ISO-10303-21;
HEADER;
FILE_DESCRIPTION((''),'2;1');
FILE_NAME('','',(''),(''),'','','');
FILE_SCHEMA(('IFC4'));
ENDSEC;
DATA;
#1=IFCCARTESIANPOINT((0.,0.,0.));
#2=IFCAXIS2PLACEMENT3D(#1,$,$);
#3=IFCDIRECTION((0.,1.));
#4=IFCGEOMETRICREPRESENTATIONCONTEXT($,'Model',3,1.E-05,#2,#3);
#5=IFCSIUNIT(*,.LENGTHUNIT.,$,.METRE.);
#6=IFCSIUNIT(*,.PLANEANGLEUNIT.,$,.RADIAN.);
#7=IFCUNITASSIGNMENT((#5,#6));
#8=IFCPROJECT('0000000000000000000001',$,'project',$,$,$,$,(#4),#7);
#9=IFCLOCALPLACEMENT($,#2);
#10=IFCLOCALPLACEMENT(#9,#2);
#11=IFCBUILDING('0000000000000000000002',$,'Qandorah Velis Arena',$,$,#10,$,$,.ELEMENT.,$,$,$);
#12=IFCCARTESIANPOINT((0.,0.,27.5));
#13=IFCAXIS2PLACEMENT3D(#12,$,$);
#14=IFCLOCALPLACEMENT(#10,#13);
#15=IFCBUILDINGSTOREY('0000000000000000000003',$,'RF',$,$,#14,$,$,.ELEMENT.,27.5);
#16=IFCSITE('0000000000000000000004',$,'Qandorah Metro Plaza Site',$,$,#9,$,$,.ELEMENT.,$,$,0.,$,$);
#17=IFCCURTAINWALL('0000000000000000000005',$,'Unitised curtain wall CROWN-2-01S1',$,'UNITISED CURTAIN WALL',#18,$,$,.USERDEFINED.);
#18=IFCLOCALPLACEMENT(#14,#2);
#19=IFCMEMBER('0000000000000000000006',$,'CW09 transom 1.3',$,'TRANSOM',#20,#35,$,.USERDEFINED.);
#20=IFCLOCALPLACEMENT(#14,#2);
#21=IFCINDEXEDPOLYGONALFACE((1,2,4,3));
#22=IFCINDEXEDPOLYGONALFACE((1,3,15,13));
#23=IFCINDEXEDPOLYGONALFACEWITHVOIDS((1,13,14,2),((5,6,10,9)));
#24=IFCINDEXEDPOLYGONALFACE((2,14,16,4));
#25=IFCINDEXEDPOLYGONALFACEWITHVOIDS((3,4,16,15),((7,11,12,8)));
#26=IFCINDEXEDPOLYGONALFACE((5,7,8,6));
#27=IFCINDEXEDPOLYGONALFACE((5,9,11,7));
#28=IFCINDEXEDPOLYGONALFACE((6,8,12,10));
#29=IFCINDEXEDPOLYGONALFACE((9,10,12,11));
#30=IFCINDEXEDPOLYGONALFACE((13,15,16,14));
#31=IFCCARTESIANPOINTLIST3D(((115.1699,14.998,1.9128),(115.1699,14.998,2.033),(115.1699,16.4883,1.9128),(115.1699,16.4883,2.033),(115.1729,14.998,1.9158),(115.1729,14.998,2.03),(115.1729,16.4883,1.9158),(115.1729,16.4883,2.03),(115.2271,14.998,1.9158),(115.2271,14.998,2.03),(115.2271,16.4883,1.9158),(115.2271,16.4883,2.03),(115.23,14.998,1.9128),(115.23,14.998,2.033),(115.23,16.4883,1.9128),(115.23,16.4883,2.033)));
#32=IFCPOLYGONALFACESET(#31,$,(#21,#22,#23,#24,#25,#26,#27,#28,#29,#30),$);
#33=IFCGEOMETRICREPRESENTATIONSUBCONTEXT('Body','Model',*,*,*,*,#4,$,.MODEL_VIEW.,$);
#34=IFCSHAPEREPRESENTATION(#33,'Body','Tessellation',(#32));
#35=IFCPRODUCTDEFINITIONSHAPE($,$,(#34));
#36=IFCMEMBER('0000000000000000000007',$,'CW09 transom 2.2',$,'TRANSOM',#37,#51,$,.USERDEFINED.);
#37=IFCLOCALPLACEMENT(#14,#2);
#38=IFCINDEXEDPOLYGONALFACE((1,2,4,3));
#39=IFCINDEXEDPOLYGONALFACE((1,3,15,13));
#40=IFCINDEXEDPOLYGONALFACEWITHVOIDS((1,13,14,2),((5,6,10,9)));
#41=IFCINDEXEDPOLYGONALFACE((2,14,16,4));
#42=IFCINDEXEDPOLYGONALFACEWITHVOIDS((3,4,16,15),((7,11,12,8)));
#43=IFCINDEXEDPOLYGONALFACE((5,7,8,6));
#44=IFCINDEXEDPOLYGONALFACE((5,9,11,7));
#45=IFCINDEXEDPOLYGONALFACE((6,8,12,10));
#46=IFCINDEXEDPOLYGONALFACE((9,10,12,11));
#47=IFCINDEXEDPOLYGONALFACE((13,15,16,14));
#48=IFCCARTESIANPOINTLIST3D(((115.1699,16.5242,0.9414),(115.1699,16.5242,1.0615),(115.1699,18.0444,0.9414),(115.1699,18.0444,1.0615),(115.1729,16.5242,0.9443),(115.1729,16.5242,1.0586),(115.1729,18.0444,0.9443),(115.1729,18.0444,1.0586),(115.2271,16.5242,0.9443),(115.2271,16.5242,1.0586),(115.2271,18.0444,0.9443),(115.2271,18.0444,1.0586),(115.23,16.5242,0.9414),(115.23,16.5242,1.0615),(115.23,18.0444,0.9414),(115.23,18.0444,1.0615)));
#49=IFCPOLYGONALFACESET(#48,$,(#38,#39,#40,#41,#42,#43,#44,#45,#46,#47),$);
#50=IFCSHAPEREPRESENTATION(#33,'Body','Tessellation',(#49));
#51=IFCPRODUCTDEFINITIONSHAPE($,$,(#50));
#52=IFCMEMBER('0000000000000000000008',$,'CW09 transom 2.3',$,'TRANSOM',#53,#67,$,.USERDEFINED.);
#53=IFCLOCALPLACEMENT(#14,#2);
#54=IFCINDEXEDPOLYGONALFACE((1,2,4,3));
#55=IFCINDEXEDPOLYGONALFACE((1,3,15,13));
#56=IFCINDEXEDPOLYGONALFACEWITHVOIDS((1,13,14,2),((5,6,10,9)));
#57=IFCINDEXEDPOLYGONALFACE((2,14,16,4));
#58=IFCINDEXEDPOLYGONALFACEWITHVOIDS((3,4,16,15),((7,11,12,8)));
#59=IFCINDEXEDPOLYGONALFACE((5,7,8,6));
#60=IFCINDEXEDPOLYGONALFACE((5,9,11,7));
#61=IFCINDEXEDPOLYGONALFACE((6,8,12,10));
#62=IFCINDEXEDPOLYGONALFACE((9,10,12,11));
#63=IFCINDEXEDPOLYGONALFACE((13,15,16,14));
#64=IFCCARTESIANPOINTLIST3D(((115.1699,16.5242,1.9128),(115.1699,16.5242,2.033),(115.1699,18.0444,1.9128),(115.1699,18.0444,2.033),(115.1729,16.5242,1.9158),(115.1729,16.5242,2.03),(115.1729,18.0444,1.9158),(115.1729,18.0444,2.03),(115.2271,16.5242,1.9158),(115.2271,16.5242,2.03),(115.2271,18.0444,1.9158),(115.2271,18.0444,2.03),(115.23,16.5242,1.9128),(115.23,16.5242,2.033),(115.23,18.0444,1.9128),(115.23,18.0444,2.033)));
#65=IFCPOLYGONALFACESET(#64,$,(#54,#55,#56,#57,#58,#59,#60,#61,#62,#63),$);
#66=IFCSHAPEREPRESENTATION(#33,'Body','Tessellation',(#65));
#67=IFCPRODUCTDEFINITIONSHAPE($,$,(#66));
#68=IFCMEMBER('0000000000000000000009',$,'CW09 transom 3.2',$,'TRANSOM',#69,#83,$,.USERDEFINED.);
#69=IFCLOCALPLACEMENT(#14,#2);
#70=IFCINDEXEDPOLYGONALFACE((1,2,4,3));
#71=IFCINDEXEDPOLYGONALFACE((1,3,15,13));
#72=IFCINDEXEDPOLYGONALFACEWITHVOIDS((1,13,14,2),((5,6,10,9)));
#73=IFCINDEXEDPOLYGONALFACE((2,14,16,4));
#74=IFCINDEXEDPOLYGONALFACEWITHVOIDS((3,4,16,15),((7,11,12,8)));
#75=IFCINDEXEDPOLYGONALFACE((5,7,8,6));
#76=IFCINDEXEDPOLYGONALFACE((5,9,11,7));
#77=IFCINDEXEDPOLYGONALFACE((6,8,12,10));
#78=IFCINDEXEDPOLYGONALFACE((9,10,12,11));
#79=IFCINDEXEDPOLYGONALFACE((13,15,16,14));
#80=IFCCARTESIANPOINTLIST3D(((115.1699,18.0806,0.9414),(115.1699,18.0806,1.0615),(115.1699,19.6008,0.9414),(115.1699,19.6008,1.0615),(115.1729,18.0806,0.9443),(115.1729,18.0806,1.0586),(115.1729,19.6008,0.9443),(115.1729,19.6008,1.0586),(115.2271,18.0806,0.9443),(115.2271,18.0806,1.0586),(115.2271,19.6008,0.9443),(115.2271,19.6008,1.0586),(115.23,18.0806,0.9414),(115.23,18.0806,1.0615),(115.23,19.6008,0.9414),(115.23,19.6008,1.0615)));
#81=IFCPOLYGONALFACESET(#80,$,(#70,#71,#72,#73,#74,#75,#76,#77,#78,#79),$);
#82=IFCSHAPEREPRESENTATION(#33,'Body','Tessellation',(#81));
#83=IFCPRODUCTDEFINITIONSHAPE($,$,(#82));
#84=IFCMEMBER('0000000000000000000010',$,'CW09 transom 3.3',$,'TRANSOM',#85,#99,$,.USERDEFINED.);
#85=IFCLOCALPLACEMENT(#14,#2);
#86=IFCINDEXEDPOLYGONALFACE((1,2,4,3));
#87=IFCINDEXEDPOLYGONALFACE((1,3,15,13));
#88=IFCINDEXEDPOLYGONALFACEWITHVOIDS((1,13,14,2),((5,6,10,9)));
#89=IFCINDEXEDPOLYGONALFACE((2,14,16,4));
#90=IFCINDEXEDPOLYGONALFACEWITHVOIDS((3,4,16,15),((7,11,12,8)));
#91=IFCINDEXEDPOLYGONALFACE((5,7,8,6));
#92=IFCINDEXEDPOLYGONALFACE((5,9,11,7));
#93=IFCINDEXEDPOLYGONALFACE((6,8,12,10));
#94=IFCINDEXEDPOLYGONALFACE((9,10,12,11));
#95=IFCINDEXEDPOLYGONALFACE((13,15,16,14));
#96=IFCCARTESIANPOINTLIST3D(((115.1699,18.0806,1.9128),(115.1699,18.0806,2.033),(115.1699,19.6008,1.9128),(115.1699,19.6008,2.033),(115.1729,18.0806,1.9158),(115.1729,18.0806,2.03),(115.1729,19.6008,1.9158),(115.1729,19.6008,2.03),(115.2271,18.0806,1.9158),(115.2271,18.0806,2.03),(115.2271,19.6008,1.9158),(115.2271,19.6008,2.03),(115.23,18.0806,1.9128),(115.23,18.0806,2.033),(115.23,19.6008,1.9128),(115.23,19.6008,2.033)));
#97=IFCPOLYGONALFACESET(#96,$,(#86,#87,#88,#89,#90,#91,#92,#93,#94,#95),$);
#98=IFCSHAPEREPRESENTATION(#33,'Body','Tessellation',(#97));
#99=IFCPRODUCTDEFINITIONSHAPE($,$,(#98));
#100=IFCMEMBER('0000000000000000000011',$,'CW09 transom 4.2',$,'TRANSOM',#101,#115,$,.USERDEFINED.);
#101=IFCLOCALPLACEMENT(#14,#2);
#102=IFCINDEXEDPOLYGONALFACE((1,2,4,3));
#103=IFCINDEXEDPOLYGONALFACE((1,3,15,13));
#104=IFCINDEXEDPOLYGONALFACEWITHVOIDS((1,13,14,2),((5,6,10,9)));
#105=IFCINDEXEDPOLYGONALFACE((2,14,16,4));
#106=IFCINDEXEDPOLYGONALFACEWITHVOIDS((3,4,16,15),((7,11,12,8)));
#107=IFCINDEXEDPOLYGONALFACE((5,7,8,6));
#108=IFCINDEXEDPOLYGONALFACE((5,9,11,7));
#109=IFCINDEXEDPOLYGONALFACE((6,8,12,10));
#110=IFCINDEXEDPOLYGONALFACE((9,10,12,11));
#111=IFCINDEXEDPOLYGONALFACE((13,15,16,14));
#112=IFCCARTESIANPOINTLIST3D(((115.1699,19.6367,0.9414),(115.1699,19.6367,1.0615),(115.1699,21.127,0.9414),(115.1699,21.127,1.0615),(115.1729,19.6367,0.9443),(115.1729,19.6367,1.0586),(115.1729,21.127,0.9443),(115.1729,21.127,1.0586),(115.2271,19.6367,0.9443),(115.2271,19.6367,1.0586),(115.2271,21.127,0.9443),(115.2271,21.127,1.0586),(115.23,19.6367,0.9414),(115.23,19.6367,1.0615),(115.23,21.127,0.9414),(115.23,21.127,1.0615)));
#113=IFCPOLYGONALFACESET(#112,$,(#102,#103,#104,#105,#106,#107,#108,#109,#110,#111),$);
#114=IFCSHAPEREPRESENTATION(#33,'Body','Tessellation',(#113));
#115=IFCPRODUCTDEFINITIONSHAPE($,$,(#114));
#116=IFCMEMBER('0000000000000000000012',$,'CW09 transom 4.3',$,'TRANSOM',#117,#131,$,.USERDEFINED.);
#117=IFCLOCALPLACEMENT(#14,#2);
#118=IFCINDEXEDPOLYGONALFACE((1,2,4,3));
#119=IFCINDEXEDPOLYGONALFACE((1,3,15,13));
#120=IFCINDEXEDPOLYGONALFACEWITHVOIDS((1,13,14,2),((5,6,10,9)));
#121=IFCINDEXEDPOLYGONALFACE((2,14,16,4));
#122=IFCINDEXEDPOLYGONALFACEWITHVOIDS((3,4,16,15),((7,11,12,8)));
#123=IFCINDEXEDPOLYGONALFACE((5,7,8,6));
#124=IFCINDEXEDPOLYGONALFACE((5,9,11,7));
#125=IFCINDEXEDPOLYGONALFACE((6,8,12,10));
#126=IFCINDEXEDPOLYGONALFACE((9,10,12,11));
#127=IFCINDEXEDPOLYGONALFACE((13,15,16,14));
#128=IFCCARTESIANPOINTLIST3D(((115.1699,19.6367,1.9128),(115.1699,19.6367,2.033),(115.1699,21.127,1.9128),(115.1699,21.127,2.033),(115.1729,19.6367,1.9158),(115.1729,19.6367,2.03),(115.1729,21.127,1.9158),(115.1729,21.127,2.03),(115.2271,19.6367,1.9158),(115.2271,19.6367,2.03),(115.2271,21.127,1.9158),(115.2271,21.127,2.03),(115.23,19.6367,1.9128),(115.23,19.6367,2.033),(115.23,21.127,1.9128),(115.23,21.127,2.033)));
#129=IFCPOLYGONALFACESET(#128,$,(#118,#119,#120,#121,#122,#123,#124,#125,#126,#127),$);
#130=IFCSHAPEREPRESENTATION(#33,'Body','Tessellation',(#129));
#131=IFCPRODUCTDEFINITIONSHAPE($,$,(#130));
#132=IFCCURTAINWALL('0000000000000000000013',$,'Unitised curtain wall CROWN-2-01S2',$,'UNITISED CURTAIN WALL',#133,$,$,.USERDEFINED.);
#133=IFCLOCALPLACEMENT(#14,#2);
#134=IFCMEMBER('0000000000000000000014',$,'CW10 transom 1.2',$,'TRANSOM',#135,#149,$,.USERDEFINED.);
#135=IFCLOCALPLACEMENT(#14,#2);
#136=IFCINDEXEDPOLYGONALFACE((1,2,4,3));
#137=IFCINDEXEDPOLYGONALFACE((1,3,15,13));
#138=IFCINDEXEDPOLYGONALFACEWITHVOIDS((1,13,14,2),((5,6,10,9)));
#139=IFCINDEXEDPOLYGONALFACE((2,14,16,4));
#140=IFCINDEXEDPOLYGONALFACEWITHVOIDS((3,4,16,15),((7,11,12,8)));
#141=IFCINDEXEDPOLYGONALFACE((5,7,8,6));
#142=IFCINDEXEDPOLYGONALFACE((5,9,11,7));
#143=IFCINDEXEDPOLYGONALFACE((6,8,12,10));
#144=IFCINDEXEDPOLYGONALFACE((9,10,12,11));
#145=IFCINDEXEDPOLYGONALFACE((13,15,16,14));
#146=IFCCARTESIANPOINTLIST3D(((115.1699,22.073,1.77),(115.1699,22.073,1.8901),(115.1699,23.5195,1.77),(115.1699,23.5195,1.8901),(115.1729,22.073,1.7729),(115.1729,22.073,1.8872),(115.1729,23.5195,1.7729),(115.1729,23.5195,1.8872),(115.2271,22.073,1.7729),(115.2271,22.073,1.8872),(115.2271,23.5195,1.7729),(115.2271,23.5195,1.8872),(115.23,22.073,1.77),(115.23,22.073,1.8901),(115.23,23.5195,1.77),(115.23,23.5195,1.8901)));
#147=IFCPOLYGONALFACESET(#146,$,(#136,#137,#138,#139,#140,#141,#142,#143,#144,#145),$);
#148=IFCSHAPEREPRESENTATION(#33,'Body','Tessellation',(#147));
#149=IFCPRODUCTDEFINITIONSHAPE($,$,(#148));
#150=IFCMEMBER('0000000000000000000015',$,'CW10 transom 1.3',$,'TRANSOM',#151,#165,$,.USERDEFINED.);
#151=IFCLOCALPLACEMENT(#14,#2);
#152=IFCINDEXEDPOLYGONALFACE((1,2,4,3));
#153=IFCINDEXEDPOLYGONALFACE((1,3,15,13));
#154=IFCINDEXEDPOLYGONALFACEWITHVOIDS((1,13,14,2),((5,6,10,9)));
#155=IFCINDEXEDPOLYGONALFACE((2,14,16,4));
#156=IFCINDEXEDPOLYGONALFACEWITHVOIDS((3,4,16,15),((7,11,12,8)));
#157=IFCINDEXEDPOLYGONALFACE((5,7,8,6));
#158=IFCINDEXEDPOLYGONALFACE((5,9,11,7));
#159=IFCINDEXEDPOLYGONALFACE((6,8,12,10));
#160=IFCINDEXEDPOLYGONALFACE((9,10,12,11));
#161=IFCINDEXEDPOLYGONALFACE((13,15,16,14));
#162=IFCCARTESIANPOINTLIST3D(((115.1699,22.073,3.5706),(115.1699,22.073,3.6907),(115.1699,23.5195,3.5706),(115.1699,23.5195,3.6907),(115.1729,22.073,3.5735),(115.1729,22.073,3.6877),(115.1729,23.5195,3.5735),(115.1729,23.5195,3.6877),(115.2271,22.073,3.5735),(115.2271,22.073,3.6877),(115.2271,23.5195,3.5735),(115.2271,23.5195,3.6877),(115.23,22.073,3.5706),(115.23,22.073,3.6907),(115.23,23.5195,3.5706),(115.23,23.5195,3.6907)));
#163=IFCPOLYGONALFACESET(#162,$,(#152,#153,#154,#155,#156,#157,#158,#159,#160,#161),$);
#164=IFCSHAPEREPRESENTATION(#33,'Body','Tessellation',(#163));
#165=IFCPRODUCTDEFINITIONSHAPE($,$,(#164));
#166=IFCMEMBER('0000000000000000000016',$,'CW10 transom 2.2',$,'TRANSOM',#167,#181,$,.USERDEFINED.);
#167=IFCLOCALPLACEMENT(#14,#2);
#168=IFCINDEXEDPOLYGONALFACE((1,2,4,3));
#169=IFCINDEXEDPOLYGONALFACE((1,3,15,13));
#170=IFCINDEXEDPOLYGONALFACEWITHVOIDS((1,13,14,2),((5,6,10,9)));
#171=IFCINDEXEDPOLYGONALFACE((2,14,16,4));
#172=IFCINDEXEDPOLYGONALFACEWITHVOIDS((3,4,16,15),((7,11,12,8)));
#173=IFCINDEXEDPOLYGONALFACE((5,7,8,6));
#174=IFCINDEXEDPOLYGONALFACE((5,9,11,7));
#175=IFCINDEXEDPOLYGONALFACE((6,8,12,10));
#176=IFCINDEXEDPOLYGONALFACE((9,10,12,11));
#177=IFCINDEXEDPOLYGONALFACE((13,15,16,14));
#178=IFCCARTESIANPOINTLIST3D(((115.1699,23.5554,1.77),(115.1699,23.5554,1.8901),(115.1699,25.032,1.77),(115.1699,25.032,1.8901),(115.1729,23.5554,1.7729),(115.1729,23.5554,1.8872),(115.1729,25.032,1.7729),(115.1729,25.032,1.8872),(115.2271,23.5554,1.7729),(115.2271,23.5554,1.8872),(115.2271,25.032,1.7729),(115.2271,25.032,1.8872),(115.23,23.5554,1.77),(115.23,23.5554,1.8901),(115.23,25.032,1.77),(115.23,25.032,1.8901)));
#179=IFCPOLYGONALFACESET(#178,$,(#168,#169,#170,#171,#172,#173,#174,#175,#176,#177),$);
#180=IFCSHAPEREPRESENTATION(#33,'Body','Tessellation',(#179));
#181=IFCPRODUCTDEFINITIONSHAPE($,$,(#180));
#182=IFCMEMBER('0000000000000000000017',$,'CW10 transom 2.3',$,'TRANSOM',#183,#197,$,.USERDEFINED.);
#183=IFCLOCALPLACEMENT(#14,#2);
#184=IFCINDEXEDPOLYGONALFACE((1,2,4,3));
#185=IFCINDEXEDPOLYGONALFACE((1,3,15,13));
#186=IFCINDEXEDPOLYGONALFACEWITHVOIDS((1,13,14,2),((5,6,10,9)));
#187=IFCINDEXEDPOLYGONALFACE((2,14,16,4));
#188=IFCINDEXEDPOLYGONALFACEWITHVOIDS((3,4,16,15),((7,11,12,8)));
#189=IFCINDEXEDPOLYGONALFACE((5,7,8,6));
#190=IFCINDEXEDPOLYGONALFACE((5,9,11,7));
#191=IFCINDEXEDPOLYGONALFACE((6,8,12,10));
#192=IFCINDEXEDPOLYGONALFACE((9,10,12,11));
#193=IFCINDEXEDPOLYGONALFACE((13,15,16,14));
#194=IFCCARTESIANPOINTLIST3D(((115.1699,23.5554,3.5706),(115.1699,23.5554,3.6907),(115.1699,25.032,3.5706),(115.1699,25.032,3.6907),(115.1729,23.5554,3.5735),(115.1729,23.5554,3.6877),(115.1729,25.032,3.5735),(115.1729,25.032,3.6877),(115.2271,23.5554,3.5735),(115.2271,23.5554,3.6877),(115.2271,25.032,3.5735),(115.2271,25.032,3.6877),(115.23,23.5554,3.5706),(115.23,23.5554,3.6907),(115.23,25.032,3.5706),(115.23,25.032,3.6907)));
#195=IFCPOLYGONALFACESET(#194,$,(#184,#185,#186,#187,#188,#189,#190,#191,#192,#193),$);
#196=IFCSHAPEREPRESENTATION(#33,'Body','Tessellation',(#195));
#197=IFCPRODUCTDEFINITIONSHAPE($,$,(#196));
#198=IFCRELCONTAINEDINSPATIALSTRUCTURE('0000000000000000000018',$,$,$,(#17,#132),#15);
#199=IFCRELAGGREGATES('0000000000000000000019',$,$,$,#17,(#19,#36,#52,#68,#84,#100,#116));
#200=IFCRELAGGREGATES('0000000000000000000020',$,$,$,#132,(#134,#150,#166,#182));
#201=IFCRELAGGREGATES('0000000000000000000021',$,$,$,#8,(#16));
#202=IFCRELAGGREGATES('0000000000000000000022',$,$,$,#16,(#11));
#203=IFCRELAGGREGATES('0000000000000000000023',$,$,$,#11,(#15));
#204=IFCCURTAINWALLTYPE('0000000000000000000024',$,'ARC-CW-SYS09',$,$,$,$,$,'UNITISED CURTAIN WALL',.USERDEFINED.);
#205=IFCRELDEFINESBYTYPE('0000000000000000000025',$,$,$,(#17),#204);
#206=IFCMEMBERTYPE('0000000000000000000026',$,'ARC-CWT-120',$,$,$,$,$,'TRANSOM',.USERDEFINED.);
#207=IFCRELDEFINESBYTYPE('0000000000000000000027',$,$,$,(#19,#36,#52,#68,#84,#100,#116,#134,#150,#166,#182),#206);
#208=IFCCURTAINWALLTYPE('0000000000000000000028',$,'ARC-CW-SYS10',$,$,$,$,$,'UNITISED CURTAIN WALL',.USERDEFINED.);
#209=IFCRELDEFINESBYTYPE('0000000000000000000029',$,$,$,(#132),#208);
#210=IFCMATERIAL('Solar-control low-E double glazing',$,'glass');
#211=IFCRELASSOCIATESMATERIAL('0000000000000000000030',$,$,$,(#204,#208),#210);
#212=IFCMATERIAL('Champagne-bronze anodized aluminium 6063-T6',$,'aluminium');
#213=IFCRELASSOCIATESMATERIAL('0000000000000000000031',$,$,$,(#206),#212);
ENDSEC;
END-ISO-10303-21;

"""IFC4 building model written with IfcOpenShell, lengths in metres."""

from ifc_helpers import new_model, si_unit, direction, frame, origin, origin_2d, place, context, subcontext, project, spatial, hollow_rectangle, extrude, material, material_profile, profile_set, type_object, element, aggregate, save


model = new_model("IFC4")

# Units and contexts
model_context = context("Model", 3, precision=1e-05, world=origin(), true_north=direction((0.0, 1.0)))
body_context = subcontext(model_context, "Body", "Model", "MODEL_VIEW")
ifc_project = project(units=[si_unit("LENGTHUNIT", "METRE"), si_unit("PLANEANGLEUNIT", "RADIAN")], contexts=[model_context])

# Site, building, storey
site_placement = place(None, origin())
site = spatial("IfcSite", under=ifc_project, at=site_placement, Name="Qandorah Metro Plaza Site", CompositionType="ELEMENT", RefElevation=0.0)
building_placement = place(site_placement, origin())
building = spatial("IfcBuilding", under=site, at=building_placement, Name="Qandorah Velis Arena", CompositionType="ELEMENT")
storey_placement = place(building_placement, frame((0.0, 0.0, 27.5)))
storey = spatial("IfcBuildingStorey", under=building, at=storey_placement, Name="RF", CompositionType="ELEMENT", Elevation=27.5)

# Curtain walls, members
ifc_material_1 = material(Name="Solar-control low-E double glazing", Category="glass")
curtain_wall_type_1 = type_object("IfcCurtainWallType", Name="ARC-CW-SYS09", ElementType="UNITISED CURTAIN WALL", PredefinedType="USERDEFINED", material=ifc_material_1)
curtain_wall_1_placement = place(storey_placement, origin())
curtain_wall_1 = element("IfcCurtainWall", 1, at=curtain_wall_1_placement, inside=storey, type_object=curtain_wall_type_1, Name="Unitised curtain wall CROWN-2-01S1", ObjectType="UNITISED CURTAIN WALL", PredefinedType="USERDEFINED")
ifc_material_2 = material(Name="Champagne-bronze anodized aluminium 6063-T6", Category="aluminium")
ifc_material_profile_1 = material_profile(ifc_material_2, hollow_rectangle(XDim=0.0601, YDim=0.1201, WallThickness=0.0029, at=origin_2d()), Name="ALU TRANSOM 60x120")
ifc_profile_set_1 = profile_set([ifc_material_profile_1], Name="Champagne-bronze anodized aluminium 6063-T6")
member_type_1 = type_object("IfcMemberType", Name="ARC-CWT-120", ElementType="TRANSOM", PredefinedType="USERDEFINED", material=ifc_profile_set_1)
member_1_placement = place(storey_placement, frame((115.2, 14.998, 1.9729), z_axis=(0.0, 1.0, 0.0), x_axis=(-1.0, 0.0, 0.0)))
member_1 = element("IfcMember", 2, at=member_1_placement, type_object=member_type_1, Name="CW09 transom 1.3", ObjectType="TRANSOM", PredefinedType="USERDEFINED", context=body_context, shape_type="SweptSolid", body=[
    extrude(hollow_rectangle(XDim=0.0601, YDim=0.1201, WallThickness=0.0029, at=origin_2d()), origin(), (0.0, 0.0, 1.0), 1.4902),
])
member_2_placement = place(storey_placement, frame((115.2, 16.5242, 1.0015), z_axis=(0.0, 1.0, 0.0), x_axis=(-1.0, 0.0, 0.0)))
member_2 = element("IfcMember", 3, at=member_2_placement, type_object=member_type_1, Name="CW09 transom 2.2", ObjectType="TRANSOM", PredefinedType="USERDEFINED", context=body_context, shape_type="SweptSolid", body=[
    extrude(hollow_rectangle(XDim=0.0601, YDim=0.1201, WallThickness=0.0029, at=origin_2d()), origin(), (0.0, 0.0, 1.0), 1.5203),
])
member_3_placement = place(storey_placement, frame((115.2, 16.5242, 1.9729), z_axis=(0.0, 1.0, 0.0), x_axis=(-1.0, 0.0, 0.0)))
member_3 = element("IfcMember", 4, at=member_3_placement, type_object=member_type_1, Name="CW09 transom 2.3", ObjectType="TRANSOM", PredefinedType="USERDEFINED", context=body_context, shape_type="SweptSolid", body=[
    extrude(hollow_rectangle(XDim=0.0601, YDim=0.1201, WallThickness=0.0029, at=origin_2d()), origin(), (0.0, 0.0, 1.0), 1.5203),
])
member_4_placement = place(storey_placement, frame((115.2, 18.0806, 1.0015), z_axis=(0.0, 1.0, 0.0), x_axis=(-1.0, 0.0, 0.0)))
member_4 = element("IfcMember", 5, at=member_4_placement, type_object=member_type_1, Name="CW09 transom 3.2", ObjectType="TRANSOM", PredefinedType="USERDEFINED", context=body_context, shape_type="SweptSolid", body=[
    extrude(hollow_rectangle(XDim=0.0601, YDim=0.1201, WallThickness=0.0029, at=origin_2d()), origin(), (0.0, 0.0, 1.0), 1.5203),
])
member_5_placement = place(storey_placement, frame((115.2, 18.0806, 1.9729), z_axis=(0.0, 1.0, 0.0), x_axis=(-1.0, 0.0, 0.0)))
member_5 = element("IfcMember", 6, at=member_5_placement, type_object=member_type_1, Name="CW09 transom 3.3", ObjectType="TRANSOM", PredefinedType="USERDEFINED", context=body_context, shape_type="SweptSolid", body=[
    extrude(hollow_rectangle(XDim=0.0601, YDim=0.1201, WallThickness=0.0029, at=origin_2d()), origin(), (0.0, 0.0, 1.0), 1.5203),
])
member_6_placement = place(storey_placement, frame((115.2, 19.6367, 1.0015), z_axis=(0.0, 1.0, 0.0), x_axis=(-1.0, 0.0, 0.0)))
member_6 = element("IfcMember", 7, at=member_6_placement, type_object=member_type_1, Name="CW09 transom 4.2", ObjectType="TRANSOM", PredefinedType="USERDEFINED", context=body_context, shape_type="SweptSolid", body=[
    extrude(hollow_rectangle(XDim=0.0601, YDim=0.1201, WallThickness=0.0029, at=origin_2d()), origin(), (0.0, 0.0, 1.0), 1.4902),
])
member_7_placement = place(storey_placement, frame((115.2, 19.6367, 1.9729), z_axis=(0.0, 1.0, 0.0), x_axis=(-1.0, 0.0, 0.0)))
member_7 = element("IfcMember", 8, at=member_7_placement, type_object=member_type_1, Name="CW09 transom 4.3", ObjectType="TRANSOM", PredefinedType="USERDEFINED", context=body_context, shape_type="SweptSolid", body=[
    extrude(hollow_rectangle(XDim=0.0601, YDim=0.1201, WallThickness=0.0029, at=origin_2d()), origin(), (0.0, 0.0, 1.0), 1.4902),
])
curtain_wall_type_2 = type_object("IfcCurtainWallType", Name="ARC-CW-SYS10", ElementType="UNITISED CURTAIN WALL", PredefinedType="USERDEFINED", material=ifc_material_1)
curtain_wall_2_placement = place(storey_placement, origin())
curtain_wall_2 = element("IfcCurtainWall", 9, at=curtain_wall_2_placement, inside=storey, type_object=curtain_wall_type_2, Name="Unitised curtain wall CROWN-2-01S2", ObjectType="UNITISED CURTAIN WALL", PredefinedType="USERDEFINED")
member_8_placement = place(storey_placement, frame((115.2, 22.073, 1.8301), z_axis=(0.0, 1.0, 0.0), x_axis=(-1.0, 0.0, 0.0)))
member_8 = element("IfcMember", 10, at=member_8_placement, type_object=member_type_1, Name="CW10 transom 1.2", ObjectType="TRANSOM", PredefinedType="USERDEFINED", context=body_context, shape_type="SweptSolid", body=[
    extrude(hollow_rectangle(XDim=0.0601, YDim=0.1201, WallThickness=0.0029, at=origin_2d()), origin(), (0.0, 0.0, 1.0), 1.4465),
])
member_9_placement = place(storey_placement, frame((115.2, 22.073, 3.6306), z_axis=(0.0, 1.0, 0.0), x_axis=(-1.0, 0.0, 0.0)))
member_9 = element("IfcMember", 11, at=member_9_placement, type_object=member_type_1, Name="CW10 transom 1.3", ObjectType="TRANSOM", PredefinedType="USERDEFINED", context=body_context, shape_type="SweptSolid", body=[
    extrude(hollow_rectangle(XDim=0.0601, YDim=0.1201, WallThickness=0.0029, at=origin_2d()), origin(), (0.0, 0.0, 1.0), 1.4465),
])
member_10_placement = place(storey_placement, frame((115.2, 23.5554, 1.8301), z_axis=(0.0, 1.0, 0.0), x_axis=(-1.0, 0.0, 0.0)))
member_10 = element("IfcMember", 12, at=member_10_placement, type_object=member_type_1, Name="CW10 transom 2.2", ObjectType="TRANSOM", PredefinedType="USERDEFINED", context=body_context, shape_type="SweptSolid", body=[
    extrude(hollow_rectangle(XDim=0.0601, YDim=0.1201, WallThickness=0.0029, at=origin_2d()), origin(), (0.0, 0.0, 1.0), 1.4766),
])
member_11_placement = place(storey_placement, frame((115.2, 23.5554, 3.6306), z_axis=(0.0, 1.0, 0.0), x_axis=(-1.0, 0.0, 0.0)))
member_11 = element("IfcMember", 13, at=member_11_placement, type_object=member_type_1, Name="CW10 transom 2.3", ObjectType="TRANSOM", PredefinedType="USERDEFINED", context=body_context, shape_type="SweptSolid", body=[
    extrude(hollow_rectangle(XDim=0.0601, YDim=0.1201, WallThickness=0.0029, at=origin_2d()), origin(), (0.0, 0.0, 1.0), 1.4766),
])

aggregate(curtain_wall_1, [member_1, member_2, member_3, member_4, member_5, member_6, member_7])
aggregate(curtain_wall_2, [member_8, member_9, member_10, member_11])

save(model, "model.ifc")
